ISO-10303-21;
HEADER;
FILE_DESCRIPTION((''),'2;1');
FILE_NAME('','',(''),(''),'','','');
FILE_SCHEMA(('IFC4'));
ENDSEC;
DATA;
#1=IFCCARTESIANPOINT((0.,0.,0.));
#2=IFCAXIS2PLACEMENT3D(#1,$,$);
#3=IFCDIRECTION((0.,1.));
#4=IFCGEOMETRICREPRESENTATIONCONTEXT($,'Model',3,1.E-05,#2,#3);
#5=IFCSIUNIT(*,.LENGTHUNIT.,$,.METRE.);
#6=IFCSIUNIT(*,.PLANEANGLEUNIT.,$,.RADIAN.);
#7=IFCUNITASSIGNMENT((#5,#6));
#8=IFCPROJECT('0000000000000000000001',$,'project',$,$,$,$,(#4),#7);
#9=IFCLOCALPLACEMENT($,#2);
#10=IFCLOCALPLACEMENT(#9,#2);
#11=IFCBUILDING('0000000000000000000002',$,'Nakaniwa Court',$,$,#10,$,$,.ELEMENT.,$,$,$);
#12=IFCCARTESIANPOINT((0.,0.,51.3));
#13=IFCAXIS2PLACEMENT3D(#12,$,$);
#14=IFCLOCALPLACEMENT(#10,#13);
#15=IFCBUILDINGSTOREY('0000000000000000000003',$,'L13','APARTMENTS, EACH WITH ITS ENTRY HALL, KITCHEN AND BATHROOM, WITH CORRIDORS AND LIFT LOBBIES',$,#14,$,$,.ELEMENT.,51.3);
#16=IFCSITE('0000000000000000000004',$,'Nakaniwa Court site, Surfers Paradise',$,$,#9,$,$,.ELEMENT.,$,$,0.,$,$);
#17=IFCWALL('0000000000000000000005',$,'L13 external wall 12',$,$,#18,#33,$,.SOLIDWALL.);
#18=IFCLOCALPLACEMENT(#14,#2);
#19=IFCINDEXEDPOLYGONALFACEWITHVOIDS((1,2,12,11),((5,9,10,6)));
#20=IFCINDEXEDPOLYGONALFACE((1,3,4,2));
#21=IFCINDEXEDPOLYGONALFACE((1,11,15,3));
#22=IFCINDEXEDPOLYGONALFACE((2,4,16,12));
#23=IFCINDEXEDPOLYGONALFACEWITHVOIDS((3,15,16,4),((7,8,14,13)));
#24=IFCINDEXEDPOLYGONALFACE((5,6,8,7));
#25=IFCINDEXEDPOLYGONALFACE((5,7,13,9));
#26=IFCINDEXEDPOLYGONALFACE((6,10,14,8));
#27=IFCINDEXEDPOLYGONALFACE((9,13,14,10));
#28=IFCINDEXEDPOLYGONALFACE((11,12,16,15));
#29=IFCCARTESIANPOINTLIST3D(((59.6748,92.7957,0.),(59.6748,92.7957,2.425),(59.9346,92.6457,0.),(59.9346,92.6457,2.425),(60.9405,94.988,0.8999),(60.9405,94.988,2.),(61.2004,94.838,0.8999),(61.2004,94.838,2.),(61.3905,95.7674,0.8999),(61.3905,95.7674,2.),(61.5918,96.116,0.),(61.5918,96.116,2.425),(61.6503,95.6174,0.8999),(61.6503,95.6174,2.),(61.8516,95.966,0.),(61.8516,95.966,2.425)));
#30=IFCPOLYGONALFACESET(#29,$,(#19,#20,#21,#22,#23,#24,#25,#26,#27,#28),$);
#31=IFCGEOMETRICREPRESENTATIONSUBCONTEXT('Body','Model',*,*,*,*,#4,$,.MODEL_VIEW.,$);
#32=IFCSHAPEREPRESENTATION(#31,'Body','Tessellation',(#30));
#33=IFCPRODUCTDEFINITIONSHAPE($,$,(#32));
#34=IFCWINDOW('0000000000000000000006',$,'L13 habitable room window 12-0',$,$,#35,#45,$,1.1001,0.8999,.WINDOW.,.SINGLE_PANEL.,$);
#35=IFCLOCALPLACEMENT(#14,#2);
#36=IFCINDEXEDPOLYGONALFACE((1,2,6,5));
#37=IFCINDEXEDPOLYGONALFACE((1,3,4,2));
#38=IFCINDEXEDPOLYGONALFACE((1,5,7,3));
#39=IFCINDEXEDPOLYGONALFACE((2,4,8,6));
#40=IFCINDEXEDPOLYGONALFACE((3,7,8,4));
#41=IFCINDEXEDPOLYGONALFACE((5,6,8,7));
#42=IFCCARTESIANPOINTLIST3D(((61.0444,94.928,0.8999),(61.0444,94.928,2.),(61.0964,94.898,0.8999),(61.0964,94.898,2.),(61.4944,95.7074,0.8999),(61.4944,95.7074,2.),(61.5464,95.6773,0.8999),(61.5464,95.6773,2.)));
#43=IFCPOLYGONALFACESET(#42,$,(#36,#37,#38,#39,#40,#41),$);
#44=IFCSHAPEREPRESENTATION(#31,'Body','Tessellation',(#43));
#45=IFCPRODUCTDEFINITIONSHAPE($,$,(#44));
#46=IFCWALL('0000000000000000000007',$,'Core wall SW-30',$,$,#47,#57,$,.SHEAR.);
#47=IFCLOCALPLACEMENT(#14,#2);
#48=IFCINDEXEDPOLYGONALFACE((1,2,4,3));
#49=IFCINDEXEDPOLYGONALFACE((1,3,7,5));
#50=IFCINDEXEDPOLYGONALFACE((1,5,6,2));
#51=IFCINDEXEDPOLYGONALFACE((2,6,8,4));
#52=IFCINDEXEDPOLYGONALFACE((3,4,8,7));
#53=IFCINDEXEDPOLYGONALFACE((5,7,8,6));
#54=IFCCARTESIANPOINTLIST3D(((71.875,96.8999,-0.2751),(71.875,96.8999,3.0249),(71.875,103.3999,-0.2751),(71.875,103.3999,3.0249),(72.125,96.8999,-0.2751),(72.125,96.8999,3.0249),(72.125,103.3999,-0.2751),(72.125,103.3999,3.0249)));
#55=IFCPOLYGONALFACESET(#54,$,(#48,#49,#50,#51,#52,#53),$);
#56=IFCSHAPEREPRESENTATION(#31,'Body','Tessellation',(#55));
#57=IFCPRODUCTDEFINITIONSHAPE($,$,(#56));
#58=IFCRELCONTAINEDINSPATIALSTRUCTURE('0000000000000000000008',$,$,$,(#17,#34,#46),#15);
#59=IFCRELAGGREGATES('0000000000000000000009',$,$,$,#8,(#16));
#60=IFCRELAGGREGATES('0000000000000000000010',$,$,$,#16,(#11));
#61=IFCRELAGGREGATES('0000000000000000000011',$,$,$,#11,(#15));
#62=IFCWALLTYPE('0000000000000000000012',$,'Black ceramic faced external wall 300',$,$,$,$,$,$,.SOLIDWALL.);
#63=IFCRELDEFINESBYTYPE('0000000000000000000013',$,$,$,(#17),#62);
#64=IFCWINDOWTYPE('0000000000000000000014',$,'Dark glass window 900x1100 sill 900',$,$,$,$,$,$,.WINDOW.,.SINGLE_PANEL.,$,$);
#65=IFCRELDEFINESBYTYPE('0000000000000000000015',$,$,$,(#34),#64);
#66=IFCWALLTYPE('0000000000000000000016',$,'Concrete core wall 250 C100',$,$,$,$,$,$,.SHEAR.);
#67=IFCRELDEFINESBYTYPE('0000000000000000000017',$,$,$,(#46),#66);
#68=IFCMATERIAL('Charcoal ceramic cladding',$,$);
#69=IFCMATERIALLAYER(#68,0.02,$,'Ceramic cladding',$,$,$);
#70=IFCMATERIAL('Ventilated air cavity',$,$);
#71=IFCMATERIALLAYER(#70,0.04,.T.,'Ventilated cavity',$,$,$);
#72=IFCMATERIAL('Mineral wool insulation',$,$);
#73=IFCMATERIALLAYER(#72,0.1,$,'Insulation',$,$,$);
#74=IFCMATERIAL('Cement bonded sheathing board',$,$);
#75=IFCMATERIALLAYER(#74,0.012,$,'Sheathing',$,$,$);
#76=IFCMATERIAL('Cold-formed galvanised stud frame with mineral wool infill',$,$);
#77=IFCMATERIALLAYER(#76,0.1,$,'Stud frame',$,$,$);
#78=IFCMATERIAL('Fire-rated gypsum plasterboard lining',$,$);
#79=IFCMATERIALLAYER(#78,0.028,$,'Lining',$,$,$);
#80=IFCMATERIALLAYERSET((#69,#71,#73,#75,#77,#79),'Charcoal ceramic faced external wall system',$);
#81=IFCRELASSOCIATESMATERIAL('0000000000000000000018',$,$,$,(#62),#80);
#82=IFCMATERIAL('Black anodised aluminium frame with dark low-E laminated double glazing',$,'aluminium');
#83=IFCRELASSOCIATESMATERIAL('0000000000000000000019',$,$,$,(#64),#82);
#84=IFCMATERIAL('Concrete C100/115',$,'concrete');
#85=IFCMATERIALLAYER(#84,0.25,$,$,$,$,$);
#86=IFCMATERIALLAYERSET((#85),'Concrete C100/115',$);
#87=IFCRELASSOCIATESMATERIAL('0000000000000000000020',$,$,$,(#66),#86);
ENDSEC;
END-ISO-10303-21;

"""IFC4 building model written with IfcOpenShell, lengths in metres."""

from ifc_helpers import new_model, si_unit, direction, frame, frame_2d, origin, place, context, subcontext, project, spatial, rectangle, extrude, material, layer, layer_set, type_object, element, fill, save


model = new_model("IFC4")

# Units and contexts
model_context = context("Model", 3, precision=1e-05, world=origin(), true_north=direction((0.0, 1.0)))
body_context = subcontext(model_context, "Body", "Model", "MODEL_VIEW")
ifc_project = project(units=[si_unit("LENGTHUNIT", "METRE"), si_unit("PLANEANGLEUNIT", "RADIAN")], contexts=[model_context])

# Site, building, storey
site_placement = place(None, origin())
site = spatial("IfcSite", under=ifc_project, at=site_placement, Name="Nakaniwa Court site, Surfers Paradise", CompositionType="ELEMENT", RefElevation=0.0)
building_placement = place(site_placement, origin())
building = spatial("IfcBuilding", under=site, at=building_placement, Name="Nakaniwa Court", CompositionType="ELEMENT")
storey_placement = place(building_placement, frame((0.0, 0.0, 51.3)))
storey = spatial("IfcBuildingStorey", under=building, at=storey_placement, Name="L13", Description="APARTMENTS, EACH WITH ITS ENTRY HALL, KITCHEN AND BATHROOM, WITH CORRIDORS AND LIFT LOBBIES", CompositionType="ELEMENT", Elevation=51.3)

# Shared definitions
ifc_material_1 = material(Name="Concrete C100/115", Category="concrete")

# Wall, opening, window
ifc_material_2 = material(Name="Charcoal ceramic cladding")
ifc_layer_1 = layer(ifc_material_2, 0.02, Name="Ceramic cladding")
ifc_material_3 = material(Name="Ventilated air cavity")
ifc_layer_2 = layer(ifc_material_3, 0.04, ventilated=True, Name="Ventilated cavity")
ifc_material_4 = material(Name="Mineral wool insulation")
ifc_layer_3 = layer(ifc_material_4, 0.1, Name="Insulation")
ifc_material_5 = material(Name="Cement bonded sheathing board")
ifc_layer_4 = layer(ifc_material_5, 0.012, Name="Sheathing")
ifc_material_6 = material(Name="Cold-formed galvanised stud frame with mineral wool infill")
ifc_layer_5 = layer(ifc_material_6, 0.1, Name="Stud frame")
ifc_material_7 = material(Name="Fire-rated gypsum plasterboard lining")
ifc_layer_6 = layer(ifc_material_7, 0.028, Name="Lining")
ifc_layer_set_1 = layer_set([ifc_layer_1, ifc_layer_2, ifc_layer_3, ifc_layer_4, ifc_layer_5, ifc_layer_6], Name="Charcoal ceramic faced external wall system")
wall_type_1 = type_object("IfcWallType", Name="Black ceramic faced external wall 300", PredefinedType="SOLIDWALL", material=ifc_layer_set_1)
ifc_material_8 = material(Name="Black anodised aluminium frame with dark low-E laminated double glazing", Category="aluminium")
wall_1_placement = place(storey_placement, frame((61.7217, 96.041, 0.0), z_axis=(0.0, 0.0, 1.0), x_axis=(-0.500002, -0.866024, 0.0)))
wall_1 = element("IfcWall", 1, at=wall_1_placement, inside=storey, type_object=wall_type_1, Name="L13 external wall 12", PredefinedType="SOLIDWALL", context=body_context, shape_type="SweptSolid", body=[
    extrude(rectangle(XDim=3.834, YDim=0.3, at=frame_2d((1.917, 0.0))), origin(), (0.0, 0.0, 1.0), 2.425),
])
opening_1_placement = place(wall_1_placement, frame((0.4026, 0.0, 0.8999)))
opening_1 = element("IfcOpeningElement", 2, at=opening_1_placement, cuts=wall_1, PredefinedType="OPENING", context=body_context, shape_type="SweptSolid", body=[
    extrude(rectangle(XDim=0.8999, YDim=1.1001, at=frame_2d((0.45, 0.55))), frame((0.0, 0.1599, 0.0), z_axis=(0.0, -1.0, 0.0), x_axis=(1.0, 0.0, 0.0)), (0.0, 0.0, 1.0), 0.3201),
])
window_type_1 = type_object("IfcWindowType", Name="Dark glass window 900x1100 sill 900", PartitioningType="SINGLE_PANEL", PredefinedType="WINDOW", material=ifc_material_8)
window_1_placement = place(opening_1_placement, origin())
window_1 = element("IfcWindow", 3, at=window_1_placement, inside=storey, type_object=window_type_1, Name="L13 habitable room window 12-0", OverallHeight=1.1001, OverallWidth=0.8999, PartitioningType="SINGLE_PANEL", PredefinedType="WINDOW", context=body_context, shape_type="SweptSolid", body=[
    extrude(rectangle(XDim=0.8999, YDim=1.1001, at=frame_2d((0.45, 0.55))), frame((0.0, 0.03, 0.0), z_axis=(0.0, -1.0, 0.0), x_axis=(1.0, 0.0, 0.0)), (0.0, 0.0, 1.0), 0.0601),
])
fill(opening_1, window_1)

# Wall
ifc_layer_7 = layer(ifc_material_1, 0.25)
ifc_layer_set_2 = layer_set([ifc_layer_7], Name="Concrete C100/115")
wall_type_2 = type_object("IfcWallType", Name="Concrete core wall 250 C100", PredefinedType="SHEAR", material=ifc_layer_set_2)
wall_2_placement = place(storey_placement, frame((72.0, 96.8999, -0.2751), z_axis=(0.0, 0.0, 1.0), x_axis=(0.0, 1.0, 0.0)))
element("IfcWall", 4, at=wall_2_placement, inside=storey, type_object=wall_type_2, Name="Core wall SW-30", PredefinedType="SHEAR", context=body_context, shape_type="SweptSolid", body=[
    extrude(rectangle(XDim=6.5, YDim=0.25, at=frame_2d((3.25, 0.0))), origin(), (0.0, 0.0, 1.0), 3.3),
])

save(model, "model.ifc")
